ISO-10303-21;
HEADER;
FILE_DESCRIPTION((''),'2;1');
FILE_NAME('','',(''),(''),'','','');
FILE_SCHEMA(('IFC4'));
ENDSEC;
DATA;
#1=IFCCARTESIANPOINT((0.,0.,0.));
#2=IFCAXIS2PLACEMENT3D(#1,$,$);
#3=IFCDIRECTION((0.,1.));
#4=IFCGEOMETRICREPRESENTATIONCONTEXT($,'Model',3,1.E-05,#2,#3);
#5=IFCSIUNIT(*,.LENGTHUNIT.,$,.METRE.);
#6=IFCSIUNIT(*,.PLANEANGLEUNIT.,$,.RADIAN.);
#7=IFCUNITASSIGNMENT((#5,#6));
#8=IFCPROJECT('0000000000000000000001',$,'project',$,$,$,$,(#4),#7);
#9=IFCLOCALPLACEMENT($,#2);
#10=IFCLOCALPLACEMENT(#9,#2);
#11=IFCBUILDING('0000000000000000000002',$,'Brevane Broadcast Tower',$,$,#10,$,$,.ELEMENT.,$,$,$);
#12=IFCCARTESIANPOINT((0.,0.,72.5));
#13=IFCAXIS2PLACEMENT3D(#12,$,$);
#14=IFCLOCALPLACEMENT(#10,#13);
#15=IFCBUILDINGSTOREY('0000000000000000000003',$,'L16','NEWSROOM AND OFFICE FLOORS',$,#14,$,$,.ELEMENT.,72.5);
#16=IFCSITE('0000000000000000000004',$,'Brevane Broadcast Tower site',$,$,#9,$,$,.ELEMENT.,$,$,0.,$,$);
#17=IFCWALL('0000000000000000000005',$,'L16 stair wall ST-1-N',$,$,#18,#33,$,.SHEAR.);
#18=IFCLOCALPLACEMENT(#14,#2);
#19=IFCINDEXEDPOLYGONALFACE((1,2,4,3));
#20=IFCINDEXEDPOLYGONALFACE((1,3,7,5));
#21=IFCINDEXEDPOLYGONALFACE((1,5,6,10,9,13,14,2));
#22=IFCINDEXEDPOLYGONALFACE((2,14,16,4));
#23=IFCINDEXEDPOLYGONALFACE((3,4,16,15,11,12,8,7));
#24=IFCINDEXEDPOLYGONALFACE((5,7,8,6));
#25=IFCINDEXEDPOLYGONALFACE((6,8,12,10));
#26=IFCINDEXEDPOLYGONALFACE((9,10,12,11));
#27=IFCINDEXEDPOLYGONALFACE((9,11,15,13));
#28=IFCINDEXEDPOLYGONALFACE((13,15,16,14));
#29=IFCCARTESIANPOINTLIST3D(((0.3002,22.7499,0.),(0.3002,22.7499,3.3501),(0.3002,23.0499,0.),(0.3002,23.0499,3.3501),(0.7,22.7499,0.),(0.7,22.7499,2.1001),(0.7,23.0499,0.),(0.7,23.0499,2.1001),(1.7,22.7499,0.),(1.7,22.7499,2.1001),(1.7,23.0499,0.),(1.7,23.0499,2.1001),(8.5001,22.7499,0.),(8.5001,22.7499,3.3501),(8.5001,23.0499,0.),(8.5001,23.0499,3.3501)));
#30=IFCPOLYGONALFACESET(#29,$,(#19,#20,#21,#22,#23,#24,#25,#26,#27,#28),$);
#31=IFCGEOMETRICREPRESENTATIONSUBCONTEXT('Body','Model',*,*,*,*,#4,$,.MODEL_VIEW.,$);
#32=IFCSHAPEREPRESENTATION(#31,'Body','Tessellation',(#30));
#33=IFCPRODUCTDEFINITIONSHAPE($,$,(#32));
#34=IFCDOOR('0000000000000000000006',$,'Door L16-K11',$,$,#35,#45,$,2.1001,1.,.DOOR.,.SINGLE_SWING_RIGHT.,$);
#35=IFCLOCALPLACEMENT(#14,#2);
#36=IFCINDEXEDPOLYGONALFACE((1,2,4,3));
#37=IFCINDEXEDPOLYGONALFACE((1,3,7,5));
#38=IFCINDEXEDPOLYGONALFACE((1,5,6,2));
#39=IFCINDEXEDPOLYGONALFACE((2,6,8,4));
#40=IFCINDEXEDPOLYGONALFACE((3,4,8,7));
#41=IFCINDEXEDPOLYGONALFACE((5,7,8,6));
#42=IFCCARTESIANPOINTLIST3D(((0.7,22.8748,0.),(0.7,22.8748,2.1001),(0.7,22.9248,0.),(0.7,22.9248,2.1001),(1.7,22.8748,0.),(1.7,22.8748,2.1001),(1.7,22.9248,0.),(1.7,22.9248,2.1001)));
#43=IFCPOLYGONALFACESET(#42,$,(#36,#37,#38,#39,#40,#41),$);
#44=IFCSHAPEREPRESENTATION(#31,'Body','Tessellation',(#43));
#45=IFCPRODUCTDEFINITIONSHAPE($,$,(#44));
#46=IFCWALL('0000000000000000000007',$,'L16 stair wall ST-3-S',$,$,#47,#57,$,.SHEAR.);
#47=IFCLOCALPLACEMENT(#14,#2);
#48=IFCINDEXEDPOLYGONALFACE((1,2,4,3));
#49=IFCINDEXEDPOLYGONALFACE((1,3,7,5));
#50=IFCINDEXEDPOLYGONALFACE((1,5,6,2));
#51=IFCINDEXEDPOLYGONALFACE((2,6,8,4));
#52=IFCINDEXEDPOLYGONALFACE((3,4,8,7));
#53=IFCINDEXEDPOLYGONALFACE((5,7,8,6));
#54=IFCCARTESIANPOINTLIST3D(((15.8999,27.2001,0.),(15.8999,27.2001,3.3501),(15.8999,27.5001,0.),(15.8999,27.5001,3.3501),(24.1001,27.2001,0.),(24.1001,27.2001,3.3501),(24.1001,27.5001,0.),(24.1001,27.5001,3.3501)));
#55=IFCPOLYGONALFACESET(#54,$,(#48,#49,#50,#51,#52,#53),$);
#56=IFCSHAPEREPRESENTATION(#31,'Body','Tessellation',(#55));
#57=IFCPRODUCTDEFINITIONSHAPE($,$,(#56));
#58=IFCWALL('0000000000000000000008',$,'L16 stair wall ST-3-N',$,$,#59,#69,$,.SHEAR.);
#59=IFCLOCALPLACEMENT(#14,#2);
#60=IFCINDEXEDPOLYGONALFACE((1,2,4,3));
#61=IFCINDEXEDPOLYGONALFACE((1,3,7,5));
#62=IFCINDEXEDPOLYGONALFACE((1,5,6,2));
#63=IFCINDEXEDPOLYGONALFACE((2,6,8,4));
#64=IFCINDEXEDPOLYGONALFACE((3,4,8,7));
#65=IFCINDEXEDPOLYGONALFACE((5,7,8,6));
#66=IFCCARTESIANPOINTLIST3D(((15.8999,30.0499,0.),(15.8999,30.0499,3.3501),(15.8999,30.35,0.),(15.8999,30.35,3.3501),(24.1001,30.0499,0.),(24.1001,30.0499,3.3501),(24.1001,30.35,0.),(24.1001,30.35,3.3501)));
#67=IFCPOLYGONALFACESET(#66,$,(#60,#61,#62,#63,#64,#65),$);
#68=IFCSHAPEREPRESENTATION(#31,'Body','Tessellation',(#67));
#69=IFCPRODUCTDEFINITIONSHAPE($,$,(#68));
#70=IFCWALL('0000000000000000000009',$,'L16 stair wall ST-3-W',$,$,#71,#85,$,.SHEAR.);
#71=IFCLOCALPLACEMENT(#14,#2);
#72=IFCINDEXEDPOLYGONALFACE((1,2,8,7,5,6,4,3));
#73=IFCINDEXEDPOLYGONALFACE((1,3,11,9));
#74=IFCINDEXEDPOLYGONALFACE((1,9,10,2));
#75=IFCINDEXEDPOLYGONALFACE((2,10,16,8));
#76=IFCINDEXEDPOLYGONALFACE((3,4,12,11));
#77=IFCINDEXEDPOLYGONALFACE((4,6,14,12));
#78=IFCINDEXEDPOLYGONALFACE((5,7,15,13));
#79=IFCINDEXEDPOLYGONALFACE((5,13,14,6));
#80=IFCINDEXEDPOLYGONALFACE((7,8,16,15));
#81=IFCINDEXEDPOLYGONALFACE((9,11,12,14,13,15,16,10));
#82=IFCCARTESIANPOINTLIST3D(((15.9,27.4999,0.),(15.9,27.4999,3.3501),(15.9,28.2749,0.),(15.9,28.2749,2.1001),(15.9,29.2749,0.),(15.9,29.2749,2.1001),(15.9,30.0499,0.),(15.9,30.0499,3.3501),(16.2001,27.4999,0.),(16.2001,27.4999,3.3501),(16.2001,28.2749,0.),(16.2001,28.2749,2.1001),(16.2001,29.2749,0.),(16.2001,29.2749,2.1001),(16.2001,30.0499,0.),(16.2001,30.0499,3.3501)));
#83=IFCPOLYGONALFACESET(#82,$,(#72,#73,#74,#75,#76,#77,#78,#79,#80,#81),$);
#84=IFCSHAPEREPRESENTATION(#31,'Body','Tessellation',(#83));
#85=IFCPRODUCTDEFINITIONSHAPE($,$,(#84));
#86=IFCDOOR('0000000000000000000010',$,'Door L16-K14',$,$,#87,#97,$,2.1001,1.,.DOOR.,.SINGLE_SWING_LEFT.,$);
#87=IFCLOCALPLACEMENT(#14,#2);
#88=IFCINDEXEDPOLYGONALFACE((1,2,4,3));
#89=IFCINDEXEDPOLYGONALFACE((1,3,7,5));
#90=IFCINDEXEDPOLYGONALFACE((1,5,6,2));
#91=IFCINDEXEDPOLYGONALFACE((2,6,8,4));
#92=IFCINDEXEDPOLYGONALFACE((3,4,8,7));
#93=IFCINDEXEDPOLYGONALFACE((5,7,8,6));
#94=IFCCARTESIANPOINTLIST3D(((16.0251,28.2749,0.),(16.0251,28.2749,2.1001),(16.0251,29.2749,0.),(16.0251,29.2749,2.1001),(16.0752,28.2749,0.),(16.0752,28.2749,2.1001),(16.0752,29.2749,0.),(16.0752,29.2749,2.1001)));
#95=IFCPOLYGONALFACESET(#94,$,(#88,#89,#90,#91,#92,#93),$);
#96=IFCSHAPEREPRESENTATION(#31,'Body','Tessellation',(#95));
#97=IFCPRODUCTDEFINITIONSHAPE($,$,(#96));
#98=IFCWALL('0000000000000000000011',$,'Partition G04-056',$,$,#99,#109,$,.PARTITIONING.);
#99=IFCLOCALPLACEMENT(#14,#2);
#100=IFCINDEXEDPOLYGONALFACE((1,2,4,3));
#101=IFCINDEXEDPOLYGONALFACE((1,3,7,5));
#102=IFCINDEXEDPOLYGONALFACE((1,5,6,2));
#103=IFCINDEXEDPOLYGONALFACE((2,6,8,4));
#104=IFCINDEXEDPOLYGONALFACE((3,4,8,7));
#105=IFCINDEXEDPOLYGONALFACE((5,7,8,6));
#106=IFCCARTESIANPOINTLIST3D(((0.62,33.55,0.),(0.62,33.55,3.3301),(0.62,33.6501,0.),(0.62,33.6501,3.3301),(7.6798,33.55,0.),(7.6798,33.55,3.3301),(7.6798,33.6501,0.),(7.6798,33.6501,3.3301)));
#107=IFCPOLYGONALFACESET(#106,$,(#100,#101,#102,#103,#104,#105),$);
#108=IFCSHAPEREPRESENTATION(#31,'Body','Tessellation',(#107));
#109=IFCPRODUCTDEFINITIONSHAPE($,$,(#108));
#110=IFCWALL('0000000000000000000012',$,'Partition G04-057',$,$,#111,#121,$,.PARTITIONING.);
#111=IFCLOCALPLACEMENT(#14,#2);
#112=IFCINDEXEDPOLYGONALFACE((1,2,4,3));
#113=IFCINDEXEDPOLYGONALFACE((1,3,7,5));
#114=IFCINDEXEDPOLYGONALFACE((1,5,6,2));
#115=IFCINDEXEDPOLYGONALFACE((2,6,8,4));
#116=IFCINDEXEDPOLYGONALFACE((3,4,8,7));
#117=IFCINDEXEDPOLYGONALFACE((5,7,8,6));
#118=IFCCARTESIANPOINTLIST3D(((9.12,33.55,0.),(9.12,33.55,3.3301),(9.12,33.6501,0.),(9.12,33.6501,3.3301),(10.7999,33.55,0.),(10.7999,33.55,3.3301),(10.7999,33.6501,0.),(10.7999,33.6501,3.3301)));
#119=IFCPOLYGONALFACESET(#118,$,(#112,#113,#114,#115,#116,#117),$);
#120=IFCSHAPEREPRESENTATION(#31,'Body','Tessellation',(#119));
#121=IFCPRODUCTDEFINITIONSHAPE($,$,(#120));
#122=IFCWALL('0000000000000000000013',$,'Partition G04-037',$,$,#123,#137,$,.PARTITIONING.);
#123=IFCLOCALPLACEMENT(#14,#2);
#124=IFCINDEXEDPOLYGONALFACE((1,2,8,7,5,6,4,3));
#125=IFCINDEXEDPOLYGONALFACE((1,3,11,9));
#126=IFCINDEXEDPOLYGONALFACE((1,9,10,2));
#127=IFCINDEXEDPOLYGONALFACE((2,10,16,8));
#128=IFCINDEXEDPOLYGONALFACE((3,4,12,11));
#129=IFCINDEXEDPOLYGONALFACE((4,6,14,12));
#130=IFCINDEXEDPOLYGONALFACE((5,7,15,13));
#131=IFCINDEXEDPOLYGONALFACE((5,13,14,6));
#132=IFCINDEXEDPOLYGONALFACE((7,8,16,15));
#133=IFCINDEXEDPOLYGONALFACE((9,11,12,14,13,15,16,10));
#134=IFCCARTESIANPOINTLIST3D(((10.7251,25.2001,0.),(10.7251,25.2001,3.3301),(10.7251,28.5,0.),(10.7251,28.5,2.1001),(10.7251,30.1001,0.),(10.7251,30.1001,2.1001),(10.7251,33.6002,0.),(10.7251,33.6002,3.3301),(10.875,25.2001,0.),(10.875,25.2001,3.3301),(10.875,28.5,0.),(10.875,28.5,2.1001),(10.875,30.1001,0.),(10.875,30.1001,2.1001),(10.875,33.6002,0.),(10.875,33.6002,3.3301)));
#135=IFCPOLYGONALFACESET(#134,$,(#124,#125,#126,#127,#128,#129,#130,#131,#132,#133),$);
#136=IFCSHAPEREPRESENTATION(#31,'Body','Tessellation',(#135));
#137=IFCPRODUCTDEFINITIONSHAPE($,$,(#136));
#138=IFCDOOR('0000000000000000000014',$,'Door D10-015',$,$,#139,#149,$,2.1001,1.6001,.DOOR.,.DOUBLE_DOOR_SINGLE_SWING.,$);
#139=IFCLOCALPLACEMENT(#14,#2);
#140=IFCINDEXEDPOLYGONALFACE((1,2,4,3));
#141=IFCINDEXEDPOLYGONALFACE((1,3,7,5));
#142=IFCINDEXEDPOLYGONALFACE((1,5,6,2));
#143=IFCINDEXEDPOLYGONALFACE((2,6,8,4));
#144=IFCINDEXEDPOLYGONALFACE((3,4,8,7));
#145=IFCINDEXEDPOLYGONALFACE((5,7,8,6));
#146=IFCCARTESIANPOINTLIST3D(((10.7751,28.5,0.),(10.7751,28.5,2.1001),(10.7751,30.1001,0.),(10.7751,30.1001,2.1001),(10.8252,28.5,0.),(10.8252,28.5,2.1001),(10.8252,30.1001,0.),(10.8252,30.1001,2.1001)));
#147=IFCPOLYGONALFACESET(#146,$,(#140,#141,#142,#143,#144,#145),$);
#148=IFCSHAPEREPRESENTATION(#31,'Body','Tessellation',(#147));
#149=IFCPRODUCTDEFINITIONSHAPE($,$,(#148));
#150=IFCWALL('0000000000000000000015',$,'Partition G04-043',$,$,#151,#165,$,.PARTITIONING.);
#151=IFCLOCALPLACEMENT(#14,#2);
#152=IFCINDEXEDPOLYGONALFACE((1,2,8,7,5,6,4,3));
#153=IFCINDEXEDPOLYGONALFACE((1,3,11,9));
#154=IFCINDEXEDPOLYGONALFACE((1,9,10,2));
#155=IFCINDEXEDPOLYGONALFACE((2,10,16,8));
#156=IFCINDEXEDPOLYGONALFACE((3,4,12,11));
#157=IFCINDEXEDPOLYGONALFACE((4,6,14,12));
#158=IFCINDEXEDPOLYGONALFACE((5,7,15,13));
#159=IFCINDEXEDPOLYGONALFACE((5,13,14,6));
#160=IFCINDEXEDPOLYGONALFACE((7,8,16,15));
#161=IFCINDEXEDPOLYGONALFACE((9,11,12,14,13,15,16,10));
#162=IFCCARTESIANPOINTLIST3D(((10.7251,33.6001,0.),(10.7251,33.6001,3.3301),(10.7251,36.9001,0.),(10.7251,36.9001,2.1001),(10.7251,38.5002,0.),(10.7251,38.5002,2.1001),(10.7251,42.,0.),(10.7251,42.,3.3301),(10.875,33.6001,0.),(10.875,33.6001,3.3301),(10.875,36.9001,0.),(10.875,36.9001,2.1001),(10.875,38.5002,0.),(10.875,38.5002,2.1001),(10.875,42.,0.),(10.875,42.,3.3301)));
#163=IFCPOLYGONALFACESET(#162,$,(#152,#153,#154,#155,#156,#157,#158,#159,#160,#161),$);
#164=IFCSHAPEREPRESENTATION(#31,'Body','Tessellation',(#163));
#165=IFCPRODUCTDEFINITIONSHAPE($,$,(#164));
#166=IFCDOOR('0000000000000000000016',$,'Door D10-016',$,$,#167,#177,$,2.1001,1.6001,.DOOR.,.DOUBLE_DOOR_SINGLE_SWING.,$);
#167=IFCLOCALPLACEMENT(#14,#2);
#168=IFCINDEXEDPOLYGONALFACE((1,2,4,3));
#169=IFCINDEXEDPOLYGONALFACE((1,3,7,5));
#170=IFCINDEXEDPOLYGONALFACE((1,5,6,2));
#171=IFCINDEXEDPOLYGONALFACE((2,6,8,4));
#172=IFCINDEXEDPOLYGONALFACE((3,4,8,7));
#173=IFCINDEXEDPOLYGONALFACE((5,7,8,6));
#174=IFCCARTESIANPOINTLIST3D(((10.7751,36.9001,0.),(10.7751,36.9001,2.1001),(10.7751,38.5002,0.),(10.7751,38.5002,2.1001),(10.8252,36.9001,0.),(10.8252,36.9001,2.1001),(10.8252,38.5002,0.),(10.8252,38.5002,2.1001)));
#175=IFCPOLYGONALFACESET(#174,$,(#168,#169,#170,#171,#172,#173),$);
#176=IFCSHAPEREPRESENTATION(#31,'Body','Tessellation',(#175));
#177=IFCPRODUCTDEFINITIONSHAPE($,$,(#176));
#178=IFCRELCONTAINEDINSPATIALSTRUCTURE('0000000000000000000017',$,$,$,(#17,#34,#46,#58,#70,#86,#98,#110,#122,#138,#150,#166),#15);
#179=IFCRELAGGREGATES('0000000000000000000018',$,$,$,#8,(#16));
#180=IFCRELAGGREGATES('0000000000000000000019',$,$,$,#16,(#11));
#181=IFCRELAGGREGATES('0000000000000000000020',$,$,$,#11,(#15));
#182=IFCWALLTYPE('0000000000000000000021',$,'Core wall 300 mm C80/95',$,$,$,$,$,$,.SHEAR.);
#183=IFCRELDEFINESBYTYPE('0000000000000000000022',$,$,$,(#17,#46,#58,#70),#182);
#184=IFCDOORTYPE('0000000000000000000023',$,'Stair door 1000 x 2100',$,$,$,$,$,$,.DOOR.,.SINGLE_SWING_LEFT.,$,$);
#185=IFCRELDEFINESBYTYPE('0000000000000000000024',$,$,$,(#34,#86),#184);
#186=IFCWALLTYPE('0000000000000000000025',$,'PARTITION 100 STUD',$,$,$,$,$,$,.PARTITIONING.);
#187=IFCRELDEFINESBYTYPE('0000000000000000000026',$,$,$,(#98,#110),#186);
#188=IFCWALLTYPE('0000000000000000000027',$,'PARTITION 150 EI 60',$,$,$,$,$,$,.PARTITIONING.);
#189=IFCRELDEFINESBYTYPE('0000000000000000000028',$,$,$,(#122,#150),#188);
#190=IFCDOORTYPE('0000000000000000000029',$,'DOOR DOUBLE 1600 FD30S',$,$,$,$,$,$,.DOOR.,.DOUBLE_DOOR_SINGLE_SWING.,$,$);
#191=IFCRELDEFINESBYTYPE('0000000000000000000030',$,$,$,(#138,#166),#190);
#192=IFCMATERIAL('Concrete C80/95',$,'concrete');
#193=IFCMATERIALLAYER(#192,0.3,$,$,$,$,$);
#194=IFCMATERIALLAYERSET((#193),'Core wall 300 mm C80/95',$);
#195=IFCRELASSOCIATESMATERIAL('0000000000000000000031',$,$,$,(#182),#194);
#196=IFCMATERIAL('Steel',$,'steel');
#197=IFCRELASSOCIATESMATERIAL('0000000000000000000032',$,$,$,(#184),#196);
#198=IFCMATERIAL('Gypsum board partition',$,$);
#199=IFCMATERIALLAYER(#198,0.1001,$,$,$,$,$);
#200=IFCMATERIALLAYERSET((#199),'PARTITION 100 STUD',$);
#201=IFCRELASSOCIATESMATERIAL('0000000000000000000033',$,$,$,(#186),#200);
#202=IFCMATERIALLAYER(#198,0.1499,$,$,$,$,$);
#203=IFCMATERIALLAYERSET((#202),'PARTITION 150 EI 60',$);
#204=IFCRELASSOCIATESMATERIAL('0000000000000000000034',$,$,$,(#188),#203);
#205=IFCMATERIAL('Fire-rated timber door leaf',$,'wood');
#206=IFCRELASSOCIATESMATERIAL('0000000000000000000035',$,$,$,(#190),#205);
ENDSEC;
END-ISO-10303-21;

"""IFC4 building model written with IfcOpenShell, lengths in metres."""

from ifc_helpers import new_model, si_unit, direction, frame, frame_2d, origin, place, context, subcontext, project, spatial, rectangle, extrude, material, layer, layer_set, type_object, element, fill, save


model = new_model("IFC4")

# Units and contexts
model_context = context("Model", 3, precision=1e-05, world=origin(), true_north=direction((0.0, 1.0)))
body_context = subcontext(model_context, "Body", "Model", "MODEL_VIEW")
ifc_project = project(units=[si_unit("LENGTHUNIT", "METRE"), si_unit("PLANEANGLEUNIT", "RADIAN")], contexts=[model_context])

# Site, building, storey
site_placement = place(None, origin())
site = spatial("IfcSite", under=ifc_project, at=site_placement, Name="Brevane Broadcast Tower site", CompositionType="ELEMENT", RefElevation=0.0)
building_placement = place(site_placement, origin())
building = spatial("IfcBuilding", under=site, at=building_placement, Name="Brevane Broadcast Tower", CompositionType="ELEMENT")
storey_placement = place(building_placement, frame((0.0, 0.0, 72.5)))
storey = spatial("IfcBuildingStorey", under=building, at=storey_placement, Name="L16", Description="NEWSROOM AND OFFICE FLOORS", CompositionType="ELEMENT", Elevation=72.5)

# Shared definitions
ifc_material_1 = material(Name="Concrete C80/95", Category="concrete")

# Wall, opening, door
ifc_layer_1 = layer(ifc_material_1, 0.3)
ifc_layer_set_1 = layer_set([ifc_layer_1], Name="Core wall 300 mm C80/95")
wall_type_1 = type_object("IfcWallType", Name="Core wall 300 mm C80/95", PredefinedType="SHEAR", material=ifc_layer_set_1)
wall_1_placement = place(storey_placement, frame((0.3, 22.8999, 0.0), z_axis=(0.0, 0.0, 1.0), x_axis=(1.0, 0.0, 0.0)))
wall_1 = element("IfcWall", 1, at=wall_1_placement, inside=storey, type_object=wall_type_1, Name="L16 stair wall ST-1-N", PredefinedType="SHEAR", context=body_context, shape_type="SweptSolid", body=[
    extrude(rectangle(XDim=8.2, YDim=0.3, at=frame_2d((4.1001, 0.0))), origin(), (0.0, 0.0, 1.0), 3.3501),
])
opening_1_placement = place(wall_1_placement, frame((0.3999, 0.0, 0.0)))
opening_1 = element("IfcOpeningElement", 2, at=opening_1_placement, cuts=wall_1, PredefinedType="OPENING", context=body_context, shape_type="SweptSolid", body=[
    extrude(rectangle(XDim=1.0, YDim=2.1001, at=frame_2d((0.5, 1.05))), frame((0.0, 0.1599, 0.0), z_axis=(0.0, -1.0, 0.0), x_axis=(1.0, 0.0, 0.0)), (0.0, 0.0, 1.0), 0.3201),
])
ifc_material_2 = material(Name="Steel", Category="steel")
door_type_1 = type_object("IfcDoorType", Name="Stair door 1000 x 2100", OperationType="SINGLE_SWING_LEFT", PredefinedType="DOOR", material=ifc_material_2)
door_1_placement = place(opening_1_placement, origin())
door_1 = element("IfcDoor", 3, at=door_1_placement, inside=storey, type_object=door_type_1, Name="Door L16-K11", OperationType="SINGLE_SWING_RIGHT", OverallHeight=2.1001, OverallWidth=1.0, PredefinedType="DOOR", context=body_context, shape_type="SweptSolid", body=[
    extrude(rectangle(XDim=1.0, YDim=2.1001, at=frame_2d((0.5, 1.05))), frame((0.0, 0.0249, 0.0), z_axis=(0.0, -1.0, 0.0), x_axis=(1.0, 0.0, 0.0)), (0.0, 0.0, 1.0), 0.05),
])
fill(opening_1, door_1)

# Walls
for number, where, z_axis, x_axis, name in (
    (4, (15.8999, 27.3501, 0.0), (0.0, 0.0, 1.0), (1.0, 0.0, 0.0), "L16 stair wall ST-3-S"),
    (5, (15.8999, 30.2, 0.0), (0.0, 0.0, 1.0), (1.0, 0.0, 0.0), "L16 stair wall ST-3-N"),
):
    element("IfcWall", number, at=place(storey_placement, frame(where, z_axis=z_axis, x_axis=x_axis)), inside=storey, type_object=wall_type_1, Name=name, PredefinedType="SHEAR", context=body_context, shape_type="SweptSolid", body=[
        extrude(rectangle(XDim=8.2002, YDim=0.3, at=frame_2d((4.1001, 0.0))), origin(), (0.0, 0.0, 1.0), 3.3501),
    ])

# Wall, opening, door
wall_2_placement = place(storey_placement, frame((16.05, 27.5, 0.0), z_axis=(0.0, 0.0, 1.0), x_axis=(0.0, 1.0, 0.0)))
wall_2 = element("IfcWall", 6, at=wall_2_placement, inside=storey, type_object=wall_type_1, Name="L16 stair wall ST-3-W", PredefinedType="SHEAR", context=body_context, shape_type="SweptSolid", body=[
    extrude(rectangle(XDim=2.55, YDim=0.3, at=frame_2d((1.2749, 0.0))), origin(), (0.0, 0.0, 1.0), 3.3501),
])
opening_2_placement = place(wall_2_placement, frame((0.7749, 0.0, 0.0)))
opening_2 = element("IfcOpeningElement", 7, at=opening_2_placement, cuts=wall_2, PredefinedType="OPENING", context=body_context, shape_type="SweptSolid", body=[
    extrude(rectangle(XDim=1.0, YDim=2.1001, at=frame_2d((0.5, 1.05))), frame((0.0, 0.1599, 0.0), z_axis=(0.0, -1.0, 0.0), x_axis=(1.0, 0.0, 0.0)), (0.0, 0.0, 1.0), 0.3201),
])
door_2_placement = place(opening_2_placement, origin())
door_2 = element("IfcDoor", 8, at=door_2_placement, inside=storey, type_object=door_type_1, Name="Door L16-K14", OperationType="SINGLE_SWING_LEFT", OverallHeight=2.1001, OverallWidth=1.0, PredefinedType="DOOR", context=body_context, shape_type="SweptSolid", body=[
    extrude(rectangle(XDim=1.0, YDim=2.1001, at=frame_2d((0.5, 1.05))), frame((0.0, 0.0249, 0.0), z_axis=(0.0, -1.0, 0.0), x_axis=(1.0, 0.0, 0.0)), (0.0, 0.0, 1.0), 0.05),
])
fill(opening_2, door_2)

# Walls
ifc_material_3 = material(Name="Gypsum board partition")
ifc_layer_2 = layer(ifc_material_3, 0.1001)
ifc_layer_set_2 = layer_set([ifc_layer_2], Name="PARTITION 100 STUD")
wall_type_2 = type_object("IfcWallType", Name="PARTITION 100 STUD", PredefinedType="PARTITIONING", material=ifc_layer_set_2)
wall_3_placement = place(storey_placement, frame((0.6201, 33.6001, 0.0), z_axis=(0.0, 0.0, 1.0), x_axis=(1.0, 0.0, 0.0)))
element("IfcWall", 9, at=wall_3_placement, inside=storey, type_object=wall_type_2, Name="Partition G04-056", PredefinedType="PARTITIONING", context=body_context, shape_type="SweptSolid", body=[
    extrude(rectangle(XDim=7.0598, YDim=0.1001, at=frame_2d((3.5298, 0.0))), origin(), (0.0, 0.0, 1.0), 3.3301),
])
wall_4_placement = place(storey_placement, frame((9.1201, 33.6001, 0.0), z_axis=(0.0, 0.0, 1.0), x_axis=(1.0, 0.0, 0.0)))
element("IfcWall", 10, at=wall_4_placement, inside=storey, type_object=wall_type_2, Name="Partition G04-057", PredefinedType="PARTITIONING", context=body_context, shape_type="SweptSolid", body=[
    extrude(rectangle(XDim=1.6799, YDim=0.1001, at=frame_2d((0.8398, 0.0))), origin(), (0.0, 0.0, 1.0), 3.3301),
])

# Walls, openings, doors
ifc_layer_3 = layer(ifc_material_3, 0.1499)
ifc_layer_set_3 = layer_set([ifc_layer_3], Name="PARTITION 150 EI 60")
wall_type_3 = type_object("IfcWallType", Name="PARTITION 150 EI 60", PredefinedType="PARTITIONING", material=ifc_layer_set_3)
wall_5_placement = place(storey_placement, frame((10.8, 25.2, 0.0), z_axis=(0.0, 0.0, 1.0), x_axis=(0.0, 1.0, 0.0)))
wall_5 = element("IfcWall", 11, at=wall_5_placement, inside=storey, type_object=wall_type_3, Name="Partition G04-037", PredefinedType="PARTITIONING", context=body_context, shape_type="SweptSolid", body=[
    extrude(rectangle(XDim=8.4001, YDim=0.1499, at=frame_2d((4.2002, 0.0))), origin(), (0.0, 0.0, 1.0), 3.3301),
])
opening_3_placement = place(wall_5_placement, frame((3.3, 0.0, 0.0)))
opening_3 = element("IfcOpeningElement", 12, at=opening_3_placement, cuts=wall_5, PredefinedType="OPENING", context=body_context, shape_type="SweptSolid", body=[
    extrude(rectangle(XDim=1.6001, YDim=2.1001, at=frame_2d((0.8, 1.05))), frame((0.0, 0.085, 0.0), z_axis=(0.0, -1.0, 0.0), x_axis=(1.0, 0.0, 0.0)), (0.0, 0.0, 1.0), 0.1699),
])
ifc_material_4 = material(Name="Fire-rated timber door leaf", Category="wood")
door_type_2 = type_object("IfcDoorType", Name="DOOR DOUBLE 1600 FD30S", OperationType="DOUBLE_DOOR_SINGLE_SWING", PredefinedType="DOOR", material=ifc_material_4)
door_3_placement = place(opening_3_placement, origin())
door_3 = element("IfcDoor", 13, at=door_3_placement, inside=storey, type_object=door_type_2, Name="Door D10-015", OperationType="DOUBLE_DOOR_SINGLE_SWING", OverallHeight=2.1001, OverallWidth=1.6001, PredefinedType="DOOR", context=body_context, shape_type="SweptSolid", body=[
    extrude(rectangle(XDim=1.6001, YDim=2.1001, at=frame_2d((0.8, 1.05))), frame((0.0, 0.0249, 0.0), z_axis=(0.0, -1.0, 0.0), x_axis=(1.0, 0.0, 0.0)), (0.0, 0.0, 1.0), 0.05),
])
fill(opening_3, door_3)
wall_6_placement = place(storey_placement, frame((10.8, 33.6001, 0.0), z_axis=(0.0, 0.0, 1.0), x_axis=(0.0, 1.0, 0.0)))
wall_6 = element("IfcWall", 14, at=wall_6_placement, inside=storey, type_object=wall_type_3, Name="Partition G04-043", PredefinedType="PARTITIONING", context=body_context, shape_type="SweptSolid", body=[
    extrude(rectangle(XDim=8.3999, YDim=0.1499, at=frame_2d((4.2, 0.0))), origin(), (0.0, 0.0, 1.0), 3.3301),
])
opening_4_placement = place(wall_6_placement, frame((3.3, 0.0, 0.0)))
opening_4 = element("IfcOpeningElement", 15, at=opening_4_placement, cuts=wall_6, PredefinedType="OPENING", context=body_context, shape_type="SweptSolid", body=[
    extrude(rectangle(XDim=1.6001, YDim=2.1001, at=frame_2d((0.8, 1.05))), frame((0.0, 0.085, 0.0), z_axis=(0.0, -1.0, 0.0), x_axis=(1.0, 0.0, 0.0)), (0.0, 0.0, 1.0), 0.1699),
])
door_4_placement = place(opening_4_placement, origin())
door_4 = element("IfcDoor", 16, at=door_4_placement, inside=storey, type_object=door_type_2, Name="Door D10-016", OperationType="DOUBLE_DOOR_SINGLE_SWING", OverallHeight=2.1001, OverallWidth=1.6001, PredefinedType="DOOR", context=body_context, shape_type="SweptSolid", body=[
    extrude(rectangle(XDim=1.6001, YDim=2.1001, at=frame_2d((0.8, 1.05))), frame((0.0, 0.0249, 0.0), z_axis=(0.0, -1.0, 0.0), x_axis=(1.0, 0.0, 0.0)), (0.0, 0.0, 1.0), 0.05),
])
fill(opening_4, door_4)

save(model, "model.ifc")
